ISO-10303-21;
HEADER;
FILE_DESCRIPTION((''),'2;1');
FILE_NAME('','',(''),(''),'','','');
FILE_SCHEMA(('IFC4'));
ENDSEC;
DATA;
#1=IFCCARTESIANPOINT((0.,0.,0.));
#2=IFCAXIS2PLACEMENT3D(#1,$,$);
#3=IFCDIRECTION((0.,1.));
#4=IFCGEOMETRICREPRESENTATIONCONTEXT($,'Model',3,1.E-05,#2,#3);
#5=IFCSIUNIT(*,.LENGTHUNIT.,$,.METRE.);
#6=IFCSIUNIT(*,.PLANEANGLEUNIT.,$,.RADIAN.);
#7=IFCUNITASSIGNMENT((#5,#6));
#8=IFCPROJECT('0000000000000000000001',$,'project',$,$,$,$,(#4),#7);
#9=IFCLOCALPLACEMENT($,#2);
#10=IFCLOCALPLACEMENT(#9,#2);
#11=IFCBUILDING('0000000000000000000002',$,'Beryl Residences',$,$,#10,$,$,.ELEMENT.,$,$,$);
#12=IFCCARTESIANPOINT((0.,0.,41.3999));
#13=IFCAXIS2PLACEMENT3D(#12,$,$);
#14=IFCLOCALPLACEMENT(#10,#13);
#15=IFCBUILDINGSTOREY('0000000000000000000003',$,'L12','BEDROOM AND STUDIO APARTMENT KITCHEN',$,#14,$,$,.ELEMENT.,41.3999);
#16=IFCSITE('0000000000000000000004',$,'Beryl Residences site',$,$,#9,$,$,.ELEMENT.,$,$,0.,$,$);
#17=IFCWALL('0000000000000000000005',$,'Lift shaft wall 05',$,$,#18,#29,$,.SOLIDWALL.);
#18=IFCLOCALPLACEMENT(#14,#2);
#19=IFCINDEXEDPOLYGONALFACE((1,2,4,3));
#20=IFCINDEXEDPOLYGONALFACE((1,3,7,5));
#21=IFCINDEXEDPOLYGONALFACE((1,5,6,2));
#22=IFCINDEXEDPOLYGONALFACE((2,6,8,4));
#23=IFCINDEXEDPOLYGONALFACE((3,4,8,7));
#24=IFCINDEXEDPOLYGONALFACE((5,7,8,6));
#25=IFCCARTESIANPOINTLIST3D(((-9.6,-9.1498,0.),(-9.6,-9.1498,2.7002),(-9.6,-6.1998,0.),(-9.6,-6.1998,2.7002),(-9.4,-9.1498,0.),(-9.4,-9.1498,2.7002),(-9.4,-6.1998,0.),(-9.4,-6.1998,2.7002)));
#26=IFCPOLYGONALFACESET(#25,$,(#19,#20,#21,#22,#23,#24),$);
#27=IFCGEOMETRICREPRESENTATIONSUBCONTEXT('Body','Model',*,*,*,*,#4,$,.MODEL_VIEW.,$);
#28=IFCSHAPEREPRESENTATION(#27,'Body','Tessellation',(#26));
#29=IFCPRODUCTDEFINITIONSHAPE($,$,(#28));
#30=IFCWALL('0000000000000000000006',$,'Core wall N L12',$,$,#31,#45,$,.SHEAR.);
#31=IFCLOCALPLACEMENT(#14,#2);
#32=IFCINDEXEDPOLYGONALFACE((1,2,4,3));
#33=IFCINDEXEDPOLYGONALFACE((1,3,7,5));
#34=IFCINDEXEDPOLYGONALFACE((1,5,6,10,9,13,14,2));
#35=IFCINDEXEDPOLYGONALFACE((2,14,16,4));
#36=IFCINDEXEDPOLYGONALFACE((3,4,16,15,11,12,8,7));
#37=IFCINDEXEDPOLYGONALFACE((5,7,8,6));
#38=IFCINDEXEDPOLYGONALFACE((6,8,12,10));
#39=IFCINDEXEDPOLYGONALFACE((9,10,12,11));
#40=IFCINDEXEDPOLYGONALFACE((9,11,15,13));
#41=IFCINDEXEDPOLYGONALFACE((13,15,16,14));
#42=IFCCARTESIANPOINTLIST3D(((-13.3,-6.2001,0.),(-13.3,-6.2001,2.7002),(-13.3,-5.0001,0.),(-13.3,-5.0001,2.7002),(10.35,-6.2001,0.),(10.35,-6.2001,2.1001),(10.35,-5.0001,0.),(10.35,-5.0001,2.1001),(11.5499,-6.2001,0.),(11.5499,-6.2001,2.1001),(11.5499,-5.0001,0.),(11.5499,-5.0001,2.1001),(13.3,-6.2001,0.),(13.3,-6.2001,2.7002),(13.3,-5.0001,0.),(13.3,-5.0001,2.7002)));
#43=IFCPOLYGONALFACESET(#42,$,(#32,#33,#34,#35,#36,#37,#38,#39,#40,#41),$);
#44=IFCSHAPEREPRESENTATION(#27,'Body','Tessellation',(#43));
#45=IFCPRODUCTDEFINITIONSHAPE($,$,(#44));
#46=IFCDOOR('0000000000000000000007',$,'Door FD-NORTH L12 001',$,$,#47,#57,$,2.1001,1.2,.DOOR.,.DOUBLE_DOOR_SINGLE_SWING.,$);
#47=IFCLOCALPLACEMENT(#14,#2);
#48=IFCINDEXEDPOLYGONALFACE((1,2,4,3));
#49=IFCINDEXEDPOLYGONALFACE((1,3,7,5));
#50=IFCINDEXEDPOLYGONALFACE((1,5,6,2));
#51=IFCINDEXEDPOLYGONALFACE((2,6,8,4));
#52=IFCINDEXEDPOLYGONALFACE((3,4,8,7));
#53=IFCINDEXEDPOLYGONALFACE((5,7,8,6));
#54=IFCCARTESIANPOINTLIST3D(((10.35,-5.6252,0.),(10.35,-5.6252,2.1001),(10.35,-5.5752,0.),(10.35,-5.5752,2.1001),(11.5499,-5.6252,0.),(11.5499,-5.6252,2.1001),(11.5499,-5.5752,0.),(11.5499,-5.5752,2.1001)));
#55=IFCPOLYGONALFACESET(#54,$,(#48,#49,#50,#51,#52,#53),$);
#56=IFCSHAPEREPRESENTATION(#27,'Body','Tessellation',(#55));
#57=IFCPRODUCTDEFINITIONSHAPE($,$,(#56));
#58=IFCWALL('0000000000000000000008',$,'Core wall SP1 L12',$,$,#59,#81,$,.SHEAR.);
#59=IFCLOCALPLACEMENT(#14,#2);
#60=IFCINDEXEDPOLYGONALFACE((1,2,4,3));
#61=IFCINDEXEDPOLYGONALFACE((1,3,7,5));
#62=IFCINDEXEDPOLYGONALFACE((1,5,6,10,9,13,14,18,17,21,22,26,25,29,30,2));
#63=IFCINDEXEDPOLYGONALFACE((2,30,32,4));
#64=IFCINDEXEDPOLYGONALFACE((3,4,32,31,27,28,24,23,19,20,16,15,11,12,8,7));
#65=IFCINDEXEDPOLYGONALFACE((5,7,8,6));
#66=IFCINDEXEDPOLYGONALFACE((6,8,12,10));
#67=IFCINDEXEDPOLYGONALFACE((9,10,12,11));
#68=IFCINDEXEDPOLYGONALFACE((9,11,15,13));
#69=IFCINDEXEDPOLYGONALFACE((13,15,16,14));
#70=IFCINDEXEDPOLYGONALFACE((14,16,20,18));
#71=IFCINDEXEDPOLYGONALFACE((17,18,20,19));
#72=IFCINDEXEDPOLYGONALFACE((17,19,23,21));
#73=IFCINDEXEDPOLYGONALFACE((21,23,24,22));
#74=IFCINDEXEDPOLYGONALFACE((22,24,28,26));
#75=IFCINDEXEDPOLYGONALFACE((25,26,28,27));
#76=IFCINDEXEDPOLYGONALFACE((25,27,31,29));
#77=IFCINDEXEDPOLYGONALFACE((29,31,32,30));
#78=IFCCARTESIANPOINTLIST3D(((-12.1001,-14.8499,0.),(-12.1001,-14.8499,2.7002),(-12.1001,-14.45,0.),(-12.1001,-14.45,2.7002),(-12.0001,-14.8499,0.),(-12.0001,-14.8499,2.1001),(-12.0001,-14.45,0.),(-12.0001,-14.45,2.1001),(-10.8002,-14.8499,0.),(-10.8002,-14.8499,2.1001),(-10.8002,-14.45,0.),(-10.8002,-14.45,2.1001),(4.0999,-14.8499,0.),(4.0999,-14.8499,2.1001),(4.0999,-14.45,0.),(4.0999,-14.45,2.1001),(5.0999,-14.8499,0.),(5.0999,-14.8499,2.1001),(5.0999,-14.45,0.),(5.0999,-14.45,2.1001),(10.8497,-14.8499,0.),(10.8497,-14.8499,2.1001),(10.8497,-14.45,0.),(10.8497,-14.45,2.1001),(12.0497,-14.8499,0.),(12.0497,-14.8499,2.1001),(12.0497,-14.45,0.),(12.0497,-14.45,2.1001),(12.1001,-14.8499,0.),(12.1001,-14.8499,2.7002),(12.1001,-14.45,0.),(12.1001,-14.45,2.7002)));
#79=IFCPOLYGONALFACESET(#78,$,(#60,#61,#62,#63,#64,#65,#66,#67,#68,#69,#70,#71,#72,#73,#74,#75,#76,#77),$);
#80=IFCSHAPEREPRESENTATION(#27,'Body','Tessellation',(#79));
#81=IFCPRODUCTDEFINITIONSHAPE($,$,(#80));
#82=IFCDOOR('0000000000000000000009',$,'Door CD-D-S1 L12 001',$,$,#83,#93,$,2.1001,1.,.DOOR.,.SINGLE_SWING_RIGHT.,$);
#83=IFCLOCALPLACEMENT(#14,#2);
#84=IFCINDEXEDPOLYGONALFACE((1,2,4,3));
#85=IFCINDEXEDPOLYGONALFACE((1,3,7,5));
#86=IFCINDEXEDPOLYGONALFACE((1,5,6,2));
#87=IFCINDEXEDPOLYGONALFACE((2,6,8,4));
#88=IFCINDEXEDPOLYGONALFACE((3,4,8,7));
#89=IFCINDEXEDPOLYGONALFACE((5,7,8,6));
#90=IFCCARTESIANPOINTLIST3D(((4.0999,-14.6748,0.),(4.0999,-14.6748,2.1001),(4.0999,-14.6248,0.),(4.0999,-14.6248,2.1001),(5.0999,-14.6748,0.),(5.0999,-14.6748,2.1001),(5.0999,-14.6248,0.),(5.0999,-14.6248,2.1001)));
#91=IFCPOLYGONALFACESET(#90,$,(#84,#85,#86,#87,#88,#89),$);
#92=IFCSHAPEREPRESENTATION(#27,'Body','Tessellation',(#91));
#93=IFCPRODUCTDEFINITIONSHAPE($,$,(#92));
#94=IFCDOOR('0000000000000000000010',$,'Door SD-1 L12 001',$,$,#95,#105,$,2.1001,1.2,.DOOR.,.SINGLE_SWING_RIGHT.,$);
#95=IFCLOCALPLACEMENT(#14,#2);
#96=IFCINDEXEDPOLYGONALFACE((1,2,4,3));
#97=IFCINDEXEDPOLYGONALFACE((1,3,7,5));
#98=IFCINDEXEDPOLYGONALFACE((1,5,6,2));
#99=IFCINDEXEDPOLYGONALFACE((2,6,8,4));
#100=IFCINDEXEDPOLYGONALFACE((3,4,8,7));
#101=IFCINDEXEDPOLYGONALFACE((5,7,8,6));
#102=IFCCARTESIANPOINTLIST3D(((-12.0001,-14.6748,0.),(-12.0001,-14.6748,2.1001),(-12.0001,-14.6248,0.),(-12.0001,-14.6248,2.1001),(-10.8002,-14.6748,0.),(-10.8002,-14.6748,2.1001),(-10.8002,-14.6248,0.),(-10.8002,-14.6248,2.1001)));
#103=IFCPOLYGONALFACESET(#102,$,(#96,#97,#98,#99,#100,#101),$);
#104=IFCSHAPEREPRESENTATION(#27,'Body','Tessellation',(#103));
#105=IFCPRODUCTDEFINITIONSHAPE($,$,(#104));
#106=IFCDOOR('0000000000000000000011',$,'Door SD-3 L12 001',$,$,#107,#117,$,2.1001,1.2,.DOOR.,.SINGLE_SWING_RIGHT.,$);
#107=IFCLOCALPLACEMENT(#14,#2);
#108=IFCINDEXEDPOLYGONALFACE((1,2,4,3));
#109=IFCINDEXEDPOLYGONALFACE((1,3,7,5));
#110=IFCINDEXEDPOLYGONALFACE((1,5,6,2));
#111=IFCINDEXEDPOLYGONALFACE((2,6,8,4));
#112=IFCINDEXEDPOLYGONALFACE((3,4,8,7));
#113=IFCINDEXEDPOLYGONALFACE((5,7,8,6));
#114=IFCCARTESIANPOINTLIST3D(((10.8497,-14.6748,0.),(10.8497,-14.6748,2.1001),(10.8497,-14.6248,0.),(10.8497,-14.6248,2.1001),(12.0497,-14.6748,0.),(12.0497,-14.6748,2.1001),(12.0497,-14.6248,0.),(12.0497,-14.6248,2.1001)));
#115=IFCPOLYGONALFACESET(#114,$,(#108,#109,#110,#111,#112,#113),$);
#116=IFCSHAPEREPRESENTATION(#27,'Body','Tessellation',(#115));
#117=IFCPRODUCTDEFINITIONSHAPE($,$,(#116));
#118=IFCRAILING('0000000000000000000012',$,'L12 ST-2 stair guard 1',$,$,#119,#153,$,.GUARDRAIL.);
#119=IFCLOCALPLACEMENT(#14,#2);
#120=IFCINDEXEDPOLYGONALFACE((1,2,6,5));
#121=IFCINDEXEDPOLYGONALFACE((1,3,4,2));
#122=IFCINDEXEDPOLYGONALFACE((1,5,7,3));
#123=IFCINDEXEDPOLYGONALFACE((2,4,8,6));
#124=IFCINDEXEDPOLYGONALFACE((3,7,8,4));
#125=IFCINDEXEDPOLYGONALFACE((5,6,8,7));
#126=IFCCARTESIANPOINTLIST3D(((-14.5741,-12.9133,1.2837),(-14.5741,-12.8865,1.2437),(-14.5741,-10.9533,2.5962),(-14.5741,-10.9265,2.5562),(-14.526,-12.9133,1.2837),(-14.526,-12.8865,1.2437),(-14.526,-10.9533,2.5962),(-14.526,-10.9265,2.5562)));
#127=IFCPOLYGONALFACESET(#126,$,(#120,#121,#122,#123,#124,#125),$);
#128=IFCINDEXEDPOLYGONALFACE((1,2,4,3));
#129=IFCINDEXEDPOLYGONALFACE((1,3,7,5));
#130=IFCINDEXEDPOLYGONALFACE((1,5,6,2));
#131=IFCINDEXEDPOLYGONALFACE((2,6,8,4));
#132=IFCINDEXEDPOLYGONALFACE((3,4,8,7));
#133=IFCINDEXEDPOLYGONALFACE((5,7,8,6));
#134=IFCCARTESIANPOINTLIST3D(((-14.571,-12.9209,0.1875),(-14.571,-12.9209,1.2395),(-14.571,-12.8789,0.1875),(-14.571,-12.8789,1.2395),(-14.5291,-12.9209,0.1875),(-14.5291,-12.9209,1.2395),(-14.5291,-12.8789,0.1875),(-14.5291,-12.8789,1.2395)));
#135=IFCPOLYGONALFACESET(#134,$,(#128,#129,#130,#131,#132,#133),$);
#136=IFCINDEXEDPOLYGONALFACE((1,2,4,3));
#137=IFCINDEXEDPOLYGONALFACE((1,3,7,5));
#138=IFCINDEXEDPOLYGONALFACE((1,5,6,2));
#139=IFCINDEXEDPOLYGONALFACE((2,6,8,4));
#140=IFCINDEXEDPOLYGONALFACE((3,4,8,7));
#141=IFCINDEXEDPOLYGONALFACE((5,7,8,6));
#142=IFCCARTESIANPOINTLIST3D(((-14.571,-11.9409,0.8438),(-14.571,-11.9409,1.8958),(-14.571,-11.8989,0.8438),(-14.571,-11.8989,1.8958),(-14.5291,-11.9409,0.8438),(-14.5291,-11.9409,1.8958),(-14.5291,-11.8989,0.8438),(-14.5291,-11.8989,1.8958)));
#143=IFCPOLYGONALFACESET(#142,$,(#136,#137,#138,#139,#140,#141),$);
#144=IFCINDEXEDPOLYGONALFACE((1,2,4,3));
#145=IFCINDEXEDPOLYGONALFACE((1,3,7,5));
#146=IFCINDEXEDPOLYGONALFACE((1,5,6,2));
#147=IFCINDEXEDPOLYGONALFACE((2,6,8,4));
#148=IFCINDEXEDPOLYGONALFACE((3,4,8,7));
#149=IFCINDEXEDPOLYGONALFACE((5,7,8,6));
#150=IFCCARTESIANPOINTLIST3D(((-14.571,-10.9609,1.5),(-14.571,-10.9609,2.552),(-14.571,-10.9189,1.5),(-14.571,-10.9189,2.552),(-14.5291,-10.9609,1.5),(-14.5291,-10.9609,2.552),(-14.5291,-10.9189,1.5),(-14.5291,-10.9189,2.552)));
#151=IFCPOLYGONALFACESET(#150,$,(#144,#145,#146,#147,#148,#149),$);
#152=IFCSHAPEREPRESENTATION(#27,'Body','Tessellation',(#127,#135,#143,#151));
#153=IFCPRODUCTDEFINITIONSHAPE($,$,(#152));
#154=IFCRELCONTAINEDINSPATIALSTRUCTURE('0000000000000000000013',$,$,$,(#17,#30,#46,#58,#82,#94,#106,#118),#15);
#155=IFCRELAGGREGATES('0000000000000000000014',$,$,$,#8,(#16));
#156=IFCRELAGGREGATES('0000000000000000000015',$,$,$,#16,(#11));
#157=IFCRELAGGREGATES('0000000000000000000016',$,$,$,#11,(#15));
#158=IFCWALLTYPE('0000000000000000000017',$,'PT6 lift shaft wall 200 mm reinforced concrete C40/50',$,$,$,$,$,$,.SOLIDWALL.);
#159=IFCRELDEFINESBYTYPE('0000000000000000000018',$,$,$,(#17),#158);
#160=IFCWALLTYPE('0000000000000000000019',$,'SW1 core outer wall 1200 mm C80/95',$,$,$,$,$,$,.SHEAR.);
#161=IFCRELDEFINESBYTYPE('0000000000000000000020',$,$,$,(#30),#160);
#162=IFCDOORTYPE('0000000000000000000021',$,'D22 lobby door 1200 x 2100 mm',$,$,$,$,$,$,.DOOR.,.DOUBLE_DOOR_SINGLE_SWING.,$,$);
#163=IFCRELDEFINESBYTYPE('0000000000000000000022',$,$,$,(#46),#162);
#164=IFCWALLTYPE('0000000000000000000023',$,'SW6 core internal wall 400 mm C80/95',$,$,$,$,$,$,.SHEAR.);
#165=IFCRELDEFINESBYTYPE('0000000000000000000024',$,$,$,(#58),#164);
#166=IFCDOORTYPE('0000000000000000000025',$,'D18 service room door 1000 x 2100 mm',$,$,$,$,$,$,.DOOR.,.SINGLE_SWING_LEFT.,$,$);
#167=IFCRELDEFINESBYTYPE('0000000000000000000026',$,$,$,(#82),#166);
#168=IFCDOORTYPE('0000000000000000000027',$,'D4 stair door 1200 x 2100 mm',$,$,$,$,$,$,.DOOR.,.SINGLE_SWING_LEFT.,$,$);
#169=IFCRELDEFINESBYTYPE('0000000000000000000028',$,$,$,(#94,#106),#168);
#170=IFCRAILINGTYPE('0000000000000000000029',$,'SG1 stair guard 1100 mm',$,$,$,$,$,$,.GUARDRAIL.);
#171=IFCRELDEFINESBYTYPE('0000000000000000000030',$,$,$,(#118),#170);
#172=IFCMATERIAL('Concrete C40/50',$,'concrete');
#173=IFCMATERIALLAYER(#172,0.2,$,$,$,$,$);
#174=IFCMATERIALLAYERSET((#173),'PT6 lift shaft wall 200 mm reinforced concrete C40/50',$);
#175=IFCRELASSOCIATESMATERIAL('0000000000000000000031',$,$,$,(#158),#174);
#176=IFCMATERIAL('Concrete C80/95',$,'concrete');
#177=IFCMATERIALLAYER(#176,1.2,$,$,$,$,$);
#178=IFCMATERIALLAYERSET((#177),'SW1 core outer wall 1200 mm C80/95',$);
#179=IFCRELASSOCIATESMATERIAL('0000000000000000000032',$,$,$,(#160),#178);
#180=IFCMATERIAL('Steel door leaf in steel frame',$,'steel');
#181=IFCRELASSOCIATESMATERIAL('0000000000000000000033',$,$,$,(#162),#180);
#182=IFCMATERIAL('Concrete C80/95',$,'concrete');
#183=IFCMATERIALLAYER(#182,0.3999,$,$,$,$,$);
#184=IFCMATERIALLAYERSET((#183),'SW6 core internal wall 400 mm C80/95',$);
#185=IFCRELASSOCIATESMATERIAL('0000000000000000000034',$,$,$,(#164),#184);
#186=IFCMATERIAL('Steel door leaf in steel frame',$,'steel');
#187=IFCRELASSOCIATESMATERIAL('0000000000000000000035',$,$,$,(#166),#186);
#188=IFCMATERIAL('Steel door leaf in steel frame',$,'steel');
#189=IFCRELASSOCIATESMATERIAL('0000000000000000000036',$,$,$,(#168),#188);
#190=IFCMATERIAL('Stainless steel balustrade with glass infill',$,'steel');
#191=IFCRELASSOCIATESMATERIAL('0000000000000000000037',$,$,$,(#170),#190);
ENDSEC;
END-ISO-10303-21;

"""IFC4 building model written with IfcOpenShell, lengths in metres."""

from ifc_helpers import new_model, si_unit, direction, frame, frame_2d, origin, origin_2d, place, context, subcontext, project, spatial, rectangle, extrude, material, layer, layer_set, type_object, element, fill, save


model = new_model("IFC4")

# Units and contexts
model_context = context("Model", 3, precision=1e-05, world=origin(), true_north=direction((0.0, 1.0)))
body_context = subcontext(model_context, "Body", "Model", "MODEL_VIEW")
ifc_project = project(units=[si_unit("LENGTHUNIT", "METRE"), si_unit("PLANEANGLEUNIT", "RADIAN")], contexts=[model_context])

# Site, building, storey
site_placement = place(None, origin())
site = spatial("IfcSite", under=ifc_project, at=site_placement, Name="Beryl Residences site", CompositionType="ELEMENT", RefElevation=0.0)
building_placement = place(site_placement, origin())
building = spatial("IfcBuilding", under=site, at=building_placement, Name="Beryl Residences", CompositionType="ELEMENT")
storey_placement = place(building_placement, frame((0.0, 0.0, 41.3999)))
storey = spatial("IfcBuildingStorey", under=building, at=storey_placement, Name="L12", Description="BEDROOM AND STUDIO APARTMENT KITCHEN", CompositionType="ELEMENT", Elevation=41.3999)

# Wall
ifc_material_1 = material(Name="Concrete C40/50", Category="concrete")
ifc_layer_1 = layer(ifc_material_1, 0.2)
ifc_layer_set_1 = layer_set([ifc_layer_1], Name="PT6 lift shaft wall 200 mm reinforced concrete C40/50")
wall_type_1 = type_object("IfcWallType", Name="PT6 lift shaft wall 200 mm reinforced concrete C40/50", PredefinedType="SOLIDWALL", material=ifc_layer_set_1)
wall_1_placement = place(storey_placement, frame((-9.5, -9.1499, 0.0), z_axis=(0.0, 0.0, 1.0), x_axis=(0.0, 1.0, 0.0)))
element("IfcWall", 1, at=wall_1_placement, inside=storey, type_object=wall_type_1, Name="Lift shaft wall 05", PredefinedType="SOLIDWALL", context=body_context, shape_type="SweptSolid", body=[
    extrude(rectangle(XDim=2.95, YDim=0.2, at=frame_2d((1.4751, 0.0))), origin(), (0.0, 0.0, 1.0), 2.7002),
])

# Wall, opening, door
ifc_material_2 = material(Name="Concrete C80/95", Category="concrete")
ifc_layer_2 = layer(ifc_material_2, 1.2)
ifc_layer_set_2 = layer_set([ifc_layer_2], Name="SW1 core outer wall 1200 mm C80/95")
wall_type_2 = type_object("IfcWallType", Name="SW1 core outer wall 1200 mm C80/95", PredefinedType="SHEAR", material=ifc_layer_set_2)
wall_2_placement = place(storey_placement, frame((-13.3, -5.6001, 0.0), z_axis=(0.0, 0.0, 1.0), x_axis=(1.0, 0.0, 0.0)))
wall_2 = element("IfcWall", 2, at=wall_2_placement, inside=storey, type_object=wall_type_2, Name="Core wall N L12", PredefinedType="SHEAR", context=body_context, shape_type="SweptSolid", body=[
    extrude(rectangle(XDim=26.6001, YDim=1.2, at=frame_2d((13.3, 0.0))), origin(), (0.0, 0.0, 1.0), 2.7002),
])
opening_1_placement = place(wall_2_placement, frame((23.6499, 0.0, 0.0)))
opening_1 = element("IfcOpeningElement", 3, at=opening_1_placement, cuts=wall_2, PredefinedType="OPENING", context=body_context, shape_type="SweptSolid", body=[
    extrude(rectangle(XDim=1.2, YDim=2.1001, at=frame_2d((0.6001, 1.05))), frame((0.0, 0.6099, 0.0), z_axis=(0.0, -1.0, 0.0), x_axis=(1.0, 0.0, 0.0)), (0.0, 0.0, 1.0), 1.22),
])
ifc_material_3 = material(Name="Steel door leaf in steel frame", Category="steel")
door_type_1 = type_object("IfcDoorType", Name="D22 lobby door 1200 x 2100 mm", OperationType="DOUBLE_DOOR_SINGLE_SWING", PredefinedType="DOOR", material=ifc_material_3)
door_1_placement = place(opening_1_placement, origin())
door_1 = element("IfcDoor", 4, at=door_1_placement, inside=storey, type_object=door_type_1, Name="Door FD-NORTH L12 001", OperationType="DOUBLE_DOOR_SINGLE_SWING", OverallHeight=2.1001, OverallWidth=1.2, PredefinedType="DOOR", context=body_context, shape_type="SweptSolid", body=[
    extrude(rectangle(XDim=1.2, YDim=2.1001, at=frame_2d((0.6001, 1.05))), frame((0.0, 0.0249, 0.0), z_axis=(0.0, -1.0, 0.0), x_axis=(1.0, 0.0, 0.0)), (0.0, 0.0, 1.0), 0.05),
])
fill(opening_1, door_1)

# Wall, openings, doors
ifc_material_4 = material(Name="Concrete C80/95", Category="concrete")
ifc_layer_3 = layer(ifc_material_4, 0.3999)
ifc_layer_set_3 = layer_set([ifc_layer_3], Name="SW6 core internal wall 400 mm C80/95")
wall_type_3 = type_object("IfcWallType", Name="SW6 core internal wall 400 mm C80/95", PredefinedType="SHEAR", material=ifc_layer_set_3)
wall_3_placement = place(storey_placement, frame((-12.1001, -14.6499, 0.0), z_axis=(0.0, 0.0, 1.0), x_axis=(1.0, 0.0, 0.0)))
wall_3 = element("IfcWall", 5, at=wall_3_placement, inside=storey, type_object=wall_type_3, Name="Core wall SP1 L12", PredefinedType="SHEAR", context=body_context, shape_type="SweptSolid", body=[
    extrude(rectangle(XDim=24.2002, YDim=0.3999, at=frame_2d((12.1001, 0.0))), origin(), (0.0, 0.0, 1.0), 2.7002),
])
opening_2_placement = place(wall_3_placement, frame((1.3, 0.0, 0.0), z_axis=(0.0, 0.0, 1.0), x_axis=(-1.0, 0.0, 0.0)))
opening_2 = element("IfcOpeningElement", 6, at=opening_2_placement, cuts=wall_3, PredefinedType="OPENING", context=body_context, shape_type="SweptSolid", body=[
    extrude(rectangle(XDim=1.2, YDim=2.1001, at=frame_2d((0.6001, 1.05))), frame((0.0, 0.21, 0.0), z_axis=(0.0, -1.0, 0.0), x_axis=(1.0, 0.0, 0.0)), (0.0, 0.0, 1.0), 0.4199),
])
opening_3_placement = place(wall_3_placement, frame((24.1499, 0.0, 0.0), z_axis=(0.0, 0.0, 1.0), x_axis=(-1.0, 0.0, 0.0)))
opening_3 = element("IfcOpeningElement", 7, at=opening_3_placement, cuts=wall_3, PredefinedType="OPENING", context=body_context, shape_type="SweptSolid", body=[
    extrude(rectangle(XDim=1.2, YDim=2.1001, at=frame_2d((0.6001, 1.05))), frame((0.0, 0.21, 0.0), z_axis=(0.0, -1.0, 0.0), x_axis=(1.0, 0.0, 0.0)), (0.0, 0.0, 1.0), 0.4199),
])
opening_4_placement = place(wall_3_placement, frame((17.2, 0.0, 0.0), z_axis=(0.0, 0.0, 1.0), x_axis=(-1.0, 0.0, 0.0)))
opening_4 = element("IfcOpeningElement", 8, at=opening_4_placement, cuts=wall_3, PredefinedType="OPENING", context=body_context, shape_type="SweptSolid", body=[
    extrude(rectangle(XDim=1.0, YDim=2.1001, at=frame_2d((0.5, 1.05))), frame((0.0, 0.21, 0.0), z_axis=(0.0, -1.0, 0.0), x_axis=(1.0, 0.0, 0.0)), (0.0, 0.0, 1.0), 0.4199),
])
ifc_material_5 = material(Name="Steel door leaf in steel frame", Category="steel")
door_type_2 = type_object("IfcDoorType", Name="D18 service room door 1000 x 2100 mm", OperationType="SINGLE_SWING_LEFT", PredefinedType="DOOR", material=ifc_material_5)
door_2_placement = place(opening_4_placement, origin())
door_2 = element("IfcDoor", 9, at=door_2_placement, inside=storey, type_object=door_type_2, Name="Door CD-D-S1 L12 001", OperationType="SINGLE_SWING_RIGHT", OverallHeight=2.1001, OverallWidth=1.0, PredefinedType="DOOR", context=body_context, shape_type="SweptSolid", body=[
    extrude(rectangle(XDim=1.0, YDim=2.1001, at=frame_2d((0.5, 1.05))), frame((0.0, 0.0249, 0.0), z_axis=(0.0, -1.0, 0.0), x_axis=(1.0, 0.0, 0.0)), (0.0, 0.0, 1.0), 0.05),
])
fill(opening_4, door_2)
ifc_material_6 = material(Name="Steel door leaf in steel frame", Category="steel")
door_type_3 = type_object("IfcDoorType", Name="D4 stair door 1200 x 2100 mm", OperationType="SINGLE_SWING_LEFT", PredefinedType="DOOR", material=ifc_material_6)
door_3_placement = place(opening_2_placement, origin())
door_3 = element("IfcDoor", 10, at=door_3_placement, inside=storey, type_object=door_type_3, Name="Door SD-1 L12 001", OperationType="SINGLE_SWING_RIGHT", OverallHeight=2.1001, OverallWidth=1.2, PredefinedType="DOOR", context=body_context, shape_type="SweptSolid", body=[
    extrude(rectangle(XDim=1.2, YDim=2.1001, at=frame_2d((0.6001, 1.05))), frame((0.0, 0.0249, 0.0), z_axis=(0.0, -1.0, 0.0), x_axis=(1.0, 0.0, 0.0)), (0.0, 0.0, 1.0), 0.05),
])
fill(opening_2, door_3)
door_4_placement = place(opening_3_placement, origin())
door_4 = element("IfcDoor", 11, at=door_4_placement, inside=storey, type_object=door_type_3, Name="Door SD-3 L12 001", OperationType="SINGLE_SWING_RIGHT", OverallHeight=2.1001, OverallWidth=1.2, PredefinedType="DOOR", context=body_context, shape_type="SweptSolid", body=[
    extrude(rectangle(XDim=1.2, YDim=2.1001, at=frame_2d((0.6001, 1.05))), frame((0.0, 0.0249, 0.0), z_axis=(0.0, -1.0, 0.0), x_axis=(1.0, 0.0, 0.0)), (0.0, 0.0, 1.0), 0.05),
])
fill(opening_3, door_4)

# Railing
ifc_material_7 = material(Name="Stainless steel balustrade with glass infill", Category="steel")
railing_type_1 = type_object("IfcRailingType", Name="SG1 stair guard 1100 mm", PredefinedType="GUARDRAIL", material=ifc_material_7)
railing_1_placement = place(storey_placement, frame((-14.55, -12.8999, 0.1875)))
element("IfcRailing", 12, at=railing_1_placement, inside=storey, type_object=railing_type_1, Name="L12 ST-2 stair guard 1", PredefinedType="GUARDRAIL", context=body_context, shape_type="SweptSolid", body=[
    extrude(rectangle(XDim=0.0481, YDim=0.0481, at=origin_2d()), frame((0.0, 0.0, 1.0762), z_axis=(0.0, 0.830902, 0.556419), x_axis=(-1.0, 0.0, 0.0)), (0.0, 0.0, 1.0), 2.3589),
    extrude(rectangle(XDim=0.042, YDim=0.042, at=origin_2d()), origin(), (0.0, 0.0, 1.0), 1.052),
    extrude(rectangle(XDim=0.042, YDim=0.042, at=origin_2d()), frame((0.0, 0.98, 0.6562)), (0.0, 0.0, 1.0), 1.052),
    extrude(rectangle(XDim=0.042, YDim=0.042, at=origin_2d()), frame((0.0, 1.96, 1.3125)), (0.0, 0.0, 1.0), 1.052),
])

save(model, "model.ifc")
